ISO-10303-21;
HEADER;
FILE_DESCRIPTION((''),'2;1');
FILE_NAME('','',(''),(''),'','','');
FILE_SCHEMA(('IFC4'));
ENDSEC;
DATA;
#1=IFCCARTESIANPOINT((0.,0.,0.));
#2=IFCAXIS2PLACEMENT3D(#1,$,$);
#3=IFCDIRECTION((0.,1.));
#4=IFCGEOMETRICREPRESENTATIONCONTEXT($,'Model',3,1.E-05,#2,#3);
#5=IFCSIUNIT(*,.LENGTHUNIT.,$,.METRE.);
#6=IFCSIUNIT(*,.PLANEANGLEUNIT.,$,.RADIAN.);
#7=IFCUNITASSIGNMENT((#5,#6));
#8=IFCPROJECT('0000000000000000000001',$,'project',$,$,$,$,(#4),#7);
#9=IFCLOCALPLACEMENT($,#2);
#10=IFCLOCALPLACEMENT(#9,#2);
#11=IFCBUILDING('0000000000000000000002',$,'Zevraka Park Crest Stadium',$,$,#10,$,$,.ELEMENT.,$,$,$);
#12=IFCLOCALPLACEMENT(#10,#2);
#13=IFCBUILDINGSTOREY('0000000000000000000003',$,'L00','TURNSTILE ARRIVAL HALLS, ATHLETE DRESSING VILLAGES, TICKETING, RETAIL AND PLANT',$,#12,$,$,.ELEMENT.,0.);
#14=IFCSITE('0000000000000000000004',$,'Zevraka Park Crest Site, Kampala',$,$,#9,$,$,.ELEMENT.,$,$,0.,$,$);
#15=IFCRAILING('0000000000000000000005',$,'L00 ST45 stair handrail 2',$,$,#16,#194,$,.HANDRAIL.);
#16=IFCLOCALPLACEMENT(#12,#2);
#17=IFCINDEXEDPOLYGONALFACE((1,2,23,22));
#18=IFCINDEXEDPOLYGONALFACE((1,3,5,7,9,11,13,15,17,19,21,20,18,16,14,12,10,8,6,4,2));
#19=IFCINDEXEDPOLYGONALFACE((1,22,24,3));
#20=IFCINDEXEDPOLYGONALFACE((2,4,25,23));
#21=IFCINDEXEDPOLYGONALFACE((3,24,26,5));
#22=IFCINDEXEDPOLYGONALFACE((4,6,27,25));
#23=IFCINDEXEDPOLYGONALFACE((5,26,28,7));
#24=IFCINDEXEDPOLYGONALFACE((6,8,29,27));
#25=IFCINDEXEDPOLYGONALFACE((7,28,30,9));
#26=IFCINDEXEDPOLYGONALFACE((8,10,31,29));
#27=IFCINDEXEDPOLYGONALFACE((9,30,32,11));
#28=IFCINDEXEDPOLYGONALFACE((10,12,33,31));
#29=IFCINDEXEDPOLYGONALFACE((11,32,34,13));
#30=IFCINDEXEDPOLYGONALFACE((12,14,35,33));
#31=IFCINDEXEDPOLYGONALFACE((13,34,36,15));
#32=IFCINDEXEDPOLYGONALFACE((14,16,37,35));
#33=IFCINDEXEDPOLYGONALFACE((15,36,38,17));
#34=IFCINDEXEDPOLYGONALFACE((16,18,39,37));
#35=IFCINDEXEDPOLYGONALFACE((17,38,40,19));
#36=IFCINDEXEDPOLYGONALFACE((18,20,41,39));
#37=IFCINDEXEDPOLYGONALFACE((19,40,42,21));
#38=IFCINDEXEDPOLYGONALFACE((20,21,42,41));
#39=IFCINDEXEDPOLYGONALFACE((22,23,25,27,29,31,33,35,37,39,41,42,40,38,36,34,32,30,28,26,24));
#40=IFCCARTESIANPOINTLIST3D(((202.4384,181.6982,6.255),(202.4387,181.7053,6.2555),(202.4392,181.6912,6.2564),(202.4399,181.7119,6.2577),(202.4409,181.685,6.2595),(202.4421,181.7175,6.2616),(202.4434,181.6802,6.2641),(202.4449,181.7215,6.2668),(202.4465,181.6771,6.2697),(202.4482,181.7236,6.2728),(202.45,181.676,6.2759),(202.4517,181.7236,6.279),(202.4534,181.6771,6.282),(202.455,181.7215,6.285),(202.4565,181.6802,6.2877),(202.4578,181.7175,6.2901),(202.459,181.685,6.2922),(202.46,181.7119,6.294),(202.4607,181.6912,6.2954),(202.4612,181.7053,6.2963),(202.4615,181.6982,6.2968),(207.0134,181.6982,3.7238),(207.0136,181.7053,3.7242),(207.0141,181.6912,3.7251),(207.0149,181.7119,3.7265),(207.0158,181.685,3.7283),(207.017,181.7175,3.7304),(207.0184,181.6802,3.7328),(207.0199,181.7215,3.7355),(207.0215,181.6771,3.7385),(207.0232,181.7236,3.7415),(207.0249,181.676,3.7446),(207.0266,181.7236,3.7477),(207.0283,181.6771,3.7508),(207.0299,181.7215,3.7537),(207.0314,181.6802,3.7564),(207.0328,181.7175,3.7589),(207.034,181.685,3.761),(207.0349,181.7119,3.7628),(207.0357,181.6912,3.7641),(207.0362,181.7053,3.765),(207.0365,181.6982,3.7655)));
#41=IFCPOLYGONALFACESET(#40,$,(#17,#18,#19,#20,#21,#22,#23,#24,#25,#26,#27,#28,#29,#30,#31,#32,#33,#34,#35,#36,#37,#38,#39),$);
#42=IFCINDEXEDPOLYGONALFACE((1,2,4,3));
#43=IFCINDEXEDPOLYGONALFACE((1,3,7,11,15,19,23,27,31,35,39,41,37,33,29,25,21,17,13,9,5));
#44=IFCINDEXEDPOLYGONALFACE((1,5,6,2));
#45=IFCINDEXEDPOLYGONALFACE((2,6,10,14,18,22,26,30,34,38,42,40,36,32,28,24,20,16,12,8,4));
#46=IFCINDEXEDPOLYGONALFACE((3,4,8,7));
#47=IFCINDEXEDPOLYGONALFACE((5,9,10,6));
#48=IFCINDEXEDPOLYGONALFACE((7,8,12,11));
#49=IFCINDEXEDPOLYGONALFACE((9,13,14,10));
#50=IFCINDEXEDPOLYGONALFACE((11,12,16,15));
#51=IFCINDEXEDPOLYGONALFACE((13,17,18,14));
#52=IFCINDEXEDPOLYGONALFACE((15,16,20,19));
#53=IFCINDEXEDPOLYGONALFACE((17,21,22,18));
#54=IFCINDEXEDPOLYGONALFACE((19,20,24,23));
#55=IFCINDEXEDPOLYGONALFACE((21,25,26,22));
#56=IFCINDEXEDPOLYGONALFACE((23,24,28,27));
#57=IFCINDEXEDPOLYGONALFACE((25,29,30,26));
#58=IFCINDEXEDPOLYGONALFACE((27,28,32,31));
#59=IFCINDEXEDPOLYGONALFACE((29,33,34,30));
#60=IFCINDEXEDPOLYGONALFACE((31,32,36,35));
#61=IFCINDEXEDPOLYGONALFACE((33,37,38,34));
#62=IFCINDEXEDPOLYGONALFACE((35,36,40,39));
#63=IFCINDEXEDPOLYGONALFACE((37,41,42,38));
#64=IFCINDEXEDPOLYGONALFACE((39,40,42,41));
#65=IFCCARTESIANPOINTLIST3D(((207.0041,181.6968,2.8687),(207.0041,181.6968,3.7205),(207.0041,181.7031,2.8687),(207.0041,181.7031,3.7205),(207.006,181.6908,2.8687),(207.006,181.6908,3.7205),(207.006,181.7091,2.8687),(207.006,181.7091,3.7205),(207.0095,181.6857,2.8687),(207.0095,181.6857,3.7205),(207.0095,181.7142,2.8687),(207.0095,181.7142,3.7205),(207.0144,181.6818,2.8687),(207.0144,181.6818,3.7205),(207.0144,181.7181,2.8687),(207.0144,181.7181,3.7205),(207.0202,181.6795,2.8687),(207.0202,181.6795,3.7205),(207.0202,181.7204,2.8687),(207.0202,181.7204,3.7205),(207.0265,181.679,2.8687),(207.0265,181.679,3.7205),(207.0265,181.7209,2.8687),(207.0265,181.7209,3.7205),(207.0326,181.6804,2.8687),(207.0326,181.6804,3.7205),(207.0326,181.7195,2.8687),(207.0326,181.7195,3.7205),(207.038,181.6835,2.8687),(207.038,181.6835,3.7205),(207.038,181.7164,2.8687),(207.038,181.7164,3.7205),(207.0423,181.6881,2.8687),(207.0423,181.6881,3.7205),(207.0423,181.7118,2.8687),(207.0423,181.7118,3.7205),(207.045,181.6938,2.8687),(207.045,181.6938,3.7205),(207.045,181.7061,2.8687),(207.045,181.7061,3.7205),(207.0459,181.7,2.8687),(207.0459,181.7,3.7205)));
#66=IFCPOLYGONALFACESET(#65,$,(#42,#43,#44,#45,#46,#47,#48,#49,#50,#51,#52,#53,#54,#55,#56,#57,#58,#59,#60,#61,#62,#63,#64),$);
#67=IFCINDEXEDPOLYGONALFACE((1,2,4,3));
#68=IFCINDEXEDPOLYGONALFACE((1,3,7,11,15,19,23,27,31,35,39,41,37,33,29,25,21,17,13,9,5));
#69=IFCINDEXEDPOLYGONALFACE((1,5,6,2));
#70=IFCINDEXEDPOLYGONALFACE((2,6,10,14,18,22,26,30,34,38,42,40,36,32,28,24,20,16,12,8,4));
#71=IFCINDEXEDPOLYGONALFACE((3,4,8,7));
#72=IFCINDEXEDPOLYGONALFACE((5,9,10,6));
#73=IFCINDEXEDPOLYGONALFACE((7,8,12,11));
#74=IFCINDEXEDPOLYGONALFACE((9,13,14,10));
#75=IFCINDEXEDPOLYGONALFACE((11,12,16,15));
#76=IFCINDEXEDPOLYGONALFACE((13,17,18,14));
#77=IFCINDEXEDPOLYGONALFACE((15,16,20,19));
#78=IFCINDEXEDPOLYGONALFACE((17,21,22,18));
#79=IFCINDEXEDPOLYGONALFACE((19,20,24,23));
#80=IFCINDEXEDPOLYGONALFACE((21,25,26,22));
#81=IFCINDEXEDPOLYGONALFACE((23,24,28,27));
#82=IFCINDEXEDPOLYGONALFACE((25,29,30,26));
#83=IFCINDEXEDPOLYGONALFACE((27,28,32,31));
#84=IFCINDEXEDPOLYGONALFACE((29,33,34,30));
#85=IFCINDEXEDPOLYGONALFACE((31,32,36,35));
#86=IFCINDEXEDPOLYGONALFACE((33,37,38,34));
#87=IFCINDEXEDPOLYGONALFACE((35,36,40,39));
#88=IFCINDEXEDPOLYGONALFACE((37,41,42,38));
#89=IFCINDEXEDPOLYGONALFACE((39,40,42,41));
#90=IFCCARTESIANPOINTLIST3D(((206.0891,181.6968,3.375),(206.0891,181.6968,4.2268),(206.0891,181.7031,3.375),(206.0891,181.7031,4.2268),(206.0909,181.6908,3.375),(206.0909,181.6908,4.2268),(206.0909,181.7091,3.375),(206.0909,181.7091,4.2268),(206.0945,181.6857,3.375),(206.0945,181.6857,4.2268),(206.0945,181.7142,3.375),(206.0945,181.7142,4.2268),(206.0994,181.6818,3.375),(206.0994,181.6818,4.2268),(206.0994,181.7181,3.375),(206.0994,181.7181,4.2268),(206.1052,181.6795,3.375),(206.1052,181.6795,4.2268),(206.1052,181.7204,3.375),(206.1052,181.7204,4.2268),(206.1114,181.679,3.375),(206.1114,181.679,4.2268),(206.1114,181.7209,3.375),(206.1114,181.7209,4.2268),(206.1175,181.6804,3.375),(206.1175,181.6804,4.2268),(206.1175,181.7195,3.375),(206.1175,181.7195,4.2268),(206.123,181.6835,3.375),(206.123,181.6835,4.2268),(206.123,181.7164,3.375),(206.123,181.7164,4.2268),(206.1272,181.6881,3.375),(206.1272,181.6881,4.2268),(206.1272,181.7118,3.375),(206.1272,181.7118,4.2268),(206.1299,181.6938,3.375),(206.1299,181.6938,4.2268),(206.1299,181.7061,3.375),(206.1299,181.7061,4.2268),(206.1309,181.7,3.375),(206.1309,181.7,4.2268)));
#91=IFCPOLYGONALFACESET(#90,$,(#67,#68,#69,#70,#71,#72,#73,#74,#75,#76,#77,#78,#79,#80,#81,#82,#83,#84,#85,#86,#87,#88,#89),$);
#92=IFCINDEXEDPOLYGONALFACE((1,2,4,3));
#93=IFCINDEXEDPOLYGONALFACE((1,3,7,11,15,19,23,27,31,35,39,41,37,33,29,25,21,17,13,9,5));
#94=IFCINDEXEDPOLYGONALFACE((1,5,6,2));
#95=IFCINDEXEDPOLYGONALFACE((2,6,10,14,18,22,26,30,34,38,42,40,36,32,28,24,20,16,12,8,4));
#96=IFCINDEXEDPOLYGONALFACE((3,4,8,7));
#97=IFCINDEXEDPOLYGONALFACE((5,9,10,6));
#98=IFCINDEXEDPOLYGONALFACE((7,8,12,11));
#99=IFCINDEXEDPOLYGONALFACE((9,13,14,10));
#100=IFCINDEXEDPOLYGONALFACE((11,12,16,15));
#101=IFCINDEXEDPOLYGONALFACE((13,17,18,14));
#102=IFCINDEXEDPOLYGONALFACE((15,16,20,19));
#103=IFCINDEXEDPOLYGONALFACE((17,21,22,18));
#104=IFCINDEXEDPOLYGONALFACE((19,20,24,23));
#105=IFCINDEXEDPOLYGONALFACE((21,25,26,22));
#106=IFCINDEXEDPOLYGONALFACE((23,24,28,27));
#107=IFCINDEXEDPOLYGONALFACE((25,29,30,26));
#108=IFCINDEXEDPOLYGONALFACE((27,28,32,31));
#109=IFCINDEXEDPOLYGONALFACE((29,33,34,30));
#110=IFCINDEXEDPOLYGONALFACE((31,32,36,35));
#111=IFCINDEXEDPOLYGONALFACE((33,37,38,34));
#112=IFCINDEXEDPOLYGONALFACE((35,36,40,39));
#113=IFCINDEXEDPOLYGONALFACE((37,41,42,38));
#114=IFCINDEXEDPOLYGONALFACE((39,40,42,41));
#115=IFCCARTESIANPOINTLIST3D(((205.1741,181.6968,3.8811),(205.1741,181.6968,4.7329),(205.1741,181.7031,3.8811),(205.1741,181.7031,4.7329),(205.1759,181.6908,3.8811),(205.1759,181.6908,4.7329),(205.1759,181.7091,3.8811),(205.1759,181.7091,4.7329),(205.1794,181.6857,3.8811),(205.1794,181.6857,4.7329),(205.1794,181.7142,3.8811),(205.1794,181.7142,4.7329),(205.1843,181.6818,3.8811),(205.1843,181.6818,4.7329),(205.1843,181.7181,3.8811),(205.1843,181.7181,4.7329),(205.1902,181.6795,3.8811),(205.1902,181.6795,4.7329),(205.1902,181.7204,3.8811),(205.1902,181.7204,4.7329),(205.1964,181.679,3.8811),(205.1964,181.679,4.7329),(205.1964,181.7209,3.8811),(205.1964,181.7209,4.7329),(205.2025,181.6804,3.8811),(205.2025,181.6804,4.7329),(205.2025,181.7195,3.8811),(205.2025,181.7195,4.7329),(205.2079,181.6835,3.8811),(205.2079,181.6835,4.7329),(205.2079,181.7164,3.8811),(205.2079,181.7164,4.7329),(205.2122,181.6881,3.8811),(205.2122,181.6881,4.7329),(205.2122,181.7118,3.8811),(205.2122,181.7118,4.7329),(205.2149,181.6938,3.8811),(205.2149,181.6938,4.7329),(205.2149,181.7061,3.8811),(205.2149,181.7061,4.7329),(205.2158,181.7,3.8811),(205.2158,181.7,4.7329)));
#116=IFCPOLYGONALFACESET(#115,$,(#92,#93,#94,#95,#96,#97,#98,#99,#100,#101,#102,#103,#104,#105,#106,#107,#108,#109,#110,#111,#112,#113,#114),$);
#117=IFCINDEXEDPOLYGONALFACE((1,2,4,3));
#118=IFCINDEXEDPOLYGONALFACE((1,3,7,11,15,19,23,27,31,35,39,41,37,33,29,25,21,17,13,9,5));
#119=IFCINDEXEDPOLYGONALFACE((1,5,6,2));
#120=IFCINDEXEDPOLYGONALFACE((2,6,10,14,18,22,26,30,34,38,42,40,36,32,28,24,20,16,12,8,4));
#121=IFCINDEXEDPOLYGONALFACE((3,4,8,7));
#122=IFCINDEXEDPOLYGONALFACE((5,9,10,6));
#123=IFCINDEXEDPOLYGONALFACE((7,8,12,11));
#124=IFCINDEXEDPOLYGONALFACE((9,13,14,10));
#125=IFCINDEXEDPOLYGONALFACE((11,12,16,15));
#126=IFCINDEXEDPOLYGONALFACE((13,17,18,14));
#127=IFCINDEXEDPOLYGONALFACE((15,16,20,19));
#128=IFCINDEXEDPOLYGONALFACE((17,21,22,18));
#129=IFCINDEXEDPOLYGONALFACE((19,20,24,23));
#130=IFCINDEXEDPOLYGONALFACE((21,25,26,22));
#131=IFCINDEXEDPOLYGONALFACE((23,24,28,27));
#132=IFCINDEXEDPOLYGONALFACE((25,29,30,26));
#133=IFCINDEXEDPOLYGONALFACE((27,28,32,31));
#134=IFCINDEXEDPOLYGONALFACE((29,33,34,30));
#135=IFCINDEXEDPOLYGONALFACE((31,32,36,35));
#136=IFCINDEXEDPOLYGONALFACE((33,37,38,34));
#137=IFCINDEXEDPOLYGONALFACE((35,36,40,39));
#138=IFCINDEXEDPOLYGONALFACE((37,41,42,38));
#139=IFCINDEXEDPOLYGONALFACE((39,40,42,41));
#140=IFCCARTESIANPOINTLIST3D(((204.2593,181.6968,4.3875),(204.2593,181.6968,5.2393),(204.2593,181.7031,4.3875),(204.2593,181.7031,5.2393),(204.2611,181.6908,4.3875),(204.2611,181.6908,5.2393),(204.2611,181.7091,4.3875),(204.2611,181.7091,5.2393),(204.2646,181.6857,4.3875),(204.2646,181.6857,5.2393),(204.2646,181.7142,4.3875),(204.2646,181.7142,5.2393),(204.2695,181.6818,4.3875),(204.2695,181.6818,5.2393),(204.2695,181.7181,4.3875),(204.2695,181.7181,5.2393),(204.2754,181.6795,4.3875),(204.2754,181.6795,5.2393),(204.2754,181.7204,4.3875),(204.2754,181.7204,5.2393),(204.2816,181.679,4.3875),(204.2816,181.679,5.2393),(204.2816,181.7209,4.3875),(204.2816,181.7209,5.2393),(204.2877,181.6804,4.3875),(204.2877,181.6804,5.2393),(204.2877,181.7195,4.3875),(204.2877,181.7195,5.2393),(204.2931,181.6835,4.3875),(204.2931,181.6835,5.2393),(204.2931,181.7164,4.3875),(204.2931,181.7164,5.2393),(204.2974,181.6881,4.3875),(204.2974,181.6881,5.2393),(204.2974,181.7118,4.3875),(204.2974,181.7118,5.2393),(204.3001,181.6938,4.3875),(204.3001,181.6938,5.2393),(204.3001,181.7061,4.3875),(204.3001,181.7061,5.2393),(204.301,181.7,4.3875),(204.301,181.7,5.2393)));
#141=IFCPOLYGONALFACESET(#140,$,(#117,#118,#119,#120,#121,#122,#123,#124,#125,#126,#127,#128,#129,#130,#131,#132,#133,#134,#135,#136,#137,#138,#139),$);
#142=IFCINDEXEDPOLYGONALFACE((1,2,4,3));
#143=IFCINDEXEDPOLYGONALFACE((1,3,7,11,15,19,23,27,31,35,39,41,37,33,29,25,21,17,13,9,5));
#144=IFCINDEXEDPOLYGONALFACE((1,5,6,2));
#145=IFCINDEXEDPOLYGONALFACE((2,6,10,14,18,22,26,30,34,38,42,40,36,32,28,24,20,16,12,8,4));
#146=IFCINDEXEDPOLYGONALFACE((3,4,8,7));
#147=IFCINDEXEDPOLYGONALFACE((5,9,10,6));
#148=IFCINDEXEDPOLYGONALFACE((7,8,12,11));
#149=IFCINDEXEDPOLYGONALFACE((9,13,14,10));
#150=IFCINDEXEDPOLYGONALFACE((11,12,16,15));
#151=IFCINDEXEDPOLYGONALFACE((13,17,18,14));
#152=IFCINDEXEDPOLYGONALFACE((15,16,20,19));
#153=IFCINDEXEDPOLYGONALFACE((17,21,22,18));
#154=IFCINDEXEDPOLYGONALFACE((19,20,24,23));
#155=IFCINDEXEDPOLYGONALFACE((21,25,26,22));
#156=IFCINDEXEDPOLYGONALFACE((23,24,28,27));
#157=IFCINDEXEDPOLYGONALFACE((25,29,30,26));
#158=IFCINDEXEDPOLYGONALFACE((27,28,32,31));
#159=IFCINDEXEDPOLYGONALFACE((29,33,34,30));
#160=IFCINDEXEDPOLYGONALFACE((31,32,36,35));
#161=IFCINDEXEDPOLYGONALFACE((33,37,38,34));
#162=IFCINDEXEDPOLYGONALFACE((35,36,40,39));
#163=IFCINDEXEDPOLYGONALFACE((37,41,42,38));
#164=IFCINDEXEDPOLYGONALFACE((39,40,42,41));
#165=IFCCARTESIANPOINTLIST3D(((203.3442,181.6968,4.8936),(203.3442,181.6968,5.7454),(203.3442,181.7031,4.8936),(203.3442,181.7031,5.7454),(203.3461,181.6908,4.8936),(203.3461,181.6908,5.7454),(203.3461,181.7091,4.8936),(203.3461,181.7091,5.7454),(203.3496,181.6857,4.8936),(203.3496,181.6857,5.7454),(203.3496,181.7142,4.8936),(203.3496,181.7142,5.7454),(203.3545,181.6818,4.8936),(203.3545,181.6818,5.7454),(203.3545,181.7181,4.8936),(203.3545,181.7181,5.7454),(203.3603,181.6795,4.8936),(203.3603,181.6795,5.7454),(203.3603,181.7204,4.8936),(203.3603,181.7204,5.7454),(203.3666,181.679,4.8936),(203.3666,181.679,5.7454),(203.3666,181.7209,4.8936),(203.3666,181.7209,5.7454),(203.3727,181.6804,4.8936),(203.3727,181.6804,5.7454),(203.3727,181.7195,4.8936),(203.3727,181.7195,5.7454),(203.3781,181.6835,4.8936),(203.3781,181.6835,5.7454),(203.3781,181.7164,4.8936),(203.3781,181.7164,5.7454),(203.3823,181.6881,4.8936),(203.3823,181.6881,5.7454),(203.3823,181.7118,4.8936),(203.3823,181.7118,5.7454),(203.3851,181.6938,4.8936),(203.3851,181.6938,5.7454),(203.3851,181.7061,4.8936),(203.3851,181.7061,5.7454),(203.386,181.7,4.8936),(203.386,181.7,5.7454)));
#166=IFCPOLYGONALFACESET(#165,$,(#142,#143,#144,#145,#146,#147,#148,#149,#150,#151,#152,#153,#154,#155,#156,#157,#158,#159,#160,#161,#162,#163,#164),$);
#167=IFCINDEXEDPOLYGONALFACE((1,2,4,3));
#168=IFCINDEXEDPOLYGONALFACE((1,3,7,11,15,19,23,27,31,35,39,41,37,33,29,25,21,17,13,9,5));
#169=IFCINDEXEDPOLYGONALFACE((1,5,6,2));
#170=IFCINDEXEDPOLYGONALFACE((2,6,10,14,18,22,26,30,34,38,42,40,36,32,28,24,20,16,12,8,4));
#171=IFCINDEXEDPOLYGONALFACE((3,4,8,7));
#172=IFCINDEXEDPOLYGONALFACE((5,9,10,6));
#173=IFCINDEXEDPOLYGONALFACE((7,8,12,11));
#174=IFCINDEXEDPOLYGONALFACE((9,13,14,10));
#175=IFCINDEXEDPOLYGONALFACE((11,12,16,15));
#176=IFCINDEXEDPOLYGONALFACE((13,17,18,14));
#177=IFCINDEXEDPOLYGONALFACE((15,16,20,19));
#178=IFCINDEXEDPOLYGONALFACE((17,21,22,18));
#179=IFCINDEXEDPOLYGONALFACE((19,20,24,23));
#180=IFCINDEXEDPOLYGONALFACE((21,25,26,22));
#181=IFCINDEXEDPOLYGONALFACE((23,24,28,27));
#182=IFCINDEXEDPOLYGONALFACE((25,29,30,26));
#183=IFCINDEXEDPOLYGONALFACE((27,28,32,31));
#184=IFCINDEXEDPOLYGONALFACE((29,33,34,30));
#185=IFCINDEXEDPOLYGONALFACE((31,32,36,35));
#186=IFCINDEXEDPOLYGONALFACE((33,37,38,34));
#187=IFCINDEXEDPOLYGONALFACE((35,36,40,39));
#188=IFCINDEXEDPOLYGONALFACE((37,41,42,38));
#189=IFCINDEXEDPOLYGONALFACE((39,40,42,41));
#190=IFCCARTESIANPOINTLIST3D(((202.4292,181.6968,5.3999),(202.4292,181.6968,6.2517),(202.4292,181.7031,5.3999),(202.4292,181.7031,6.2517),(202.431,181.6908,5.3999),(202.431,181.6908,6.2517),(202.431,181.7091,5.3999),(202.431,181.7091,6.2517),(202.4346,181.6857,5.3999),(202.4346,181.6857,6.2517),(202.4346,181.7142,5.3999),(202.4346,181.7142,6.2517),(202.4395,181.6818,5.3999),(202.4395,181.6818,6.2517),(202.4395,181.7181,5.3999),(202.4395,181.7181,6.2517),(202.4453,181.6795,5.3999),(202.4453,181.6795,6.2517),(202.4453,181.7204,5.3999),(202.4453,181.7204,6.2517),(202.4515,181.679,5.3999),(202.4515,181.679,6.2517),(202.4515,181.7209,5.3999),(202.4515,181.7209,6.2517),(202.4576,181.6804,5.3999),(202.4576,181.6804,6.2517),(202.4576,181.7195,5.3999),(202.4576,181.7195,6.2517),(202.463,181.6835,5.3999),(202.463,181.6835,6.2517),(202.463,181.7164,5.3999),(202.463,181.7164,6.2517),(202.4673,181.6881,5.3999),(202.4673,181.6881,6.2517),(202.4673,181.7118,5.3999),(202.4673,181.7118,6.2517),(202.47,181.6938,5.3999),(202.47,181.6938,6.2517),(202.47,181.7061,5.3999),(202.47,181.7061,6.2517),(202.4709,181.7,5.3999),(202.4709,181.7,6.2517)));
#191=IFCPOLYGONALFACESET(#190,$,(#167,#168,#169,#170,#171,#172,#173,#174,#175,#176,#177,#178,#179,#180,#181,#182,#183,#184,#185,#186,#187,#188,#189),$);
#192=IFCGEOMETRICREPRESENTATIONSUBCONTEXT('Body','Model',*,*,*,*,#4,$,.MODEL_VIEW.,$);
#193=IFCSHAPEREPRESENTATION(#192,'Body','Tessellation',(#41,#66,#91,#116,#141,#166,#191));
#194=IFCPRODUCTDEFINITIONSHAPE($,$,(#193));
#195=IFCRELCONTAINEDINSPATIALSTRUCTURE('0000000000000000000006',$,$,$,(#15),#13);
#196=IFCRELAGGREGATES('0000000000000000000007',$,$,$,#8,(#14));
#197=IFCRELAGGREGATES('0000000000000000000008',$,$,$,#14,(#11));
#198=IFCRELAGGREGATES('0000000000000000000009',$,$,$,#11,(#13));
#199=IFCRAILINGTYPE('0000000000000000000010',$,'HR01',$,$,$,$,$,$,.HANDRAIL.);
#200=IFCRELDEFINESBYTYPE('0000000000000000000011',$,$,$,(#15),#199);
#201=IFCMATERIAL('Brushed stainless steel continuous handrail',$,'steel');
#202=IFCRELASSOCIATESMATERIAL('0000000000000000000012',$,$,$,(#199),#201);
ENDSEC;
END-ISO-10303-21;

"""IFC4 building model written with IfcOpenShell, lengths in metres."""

from ifc_helpers import new_model, si_unit, direction, frame, origin, origin_2d, place, context, subcontext, project, spatial, circle, extrude, material, type_object, element, save


model = new_model("IFC4")

# Units and contexts
model_context = context("Model", 3, precision=1e-05, world=origin(), true_north=direction((0.0, 1.0)))
body_context = subcontext(model_context, "Body", "Model", "MODEL_VIEW")
ifc_project = project(units=[si_unit("LENGTHUNIT", "METRE"), si_unit("PLANEANGLEUNIT", "RADIAN")], contexts=[model_context])

# Site, building, storey
site_placement = place(None, origin())
site = spatial("IfcSite", under=ifc_project, at=site_placement, Name="Zevraka Park Crest Site, Kampala", CompositionType="ELEMENT", RefElevation=0.0)
building_placement = place(site_placement, origin())
building = spatial("IfcBuilding", under=site, at=building_placement, Name="Zevraka Park Crest Stadium", CompositionType="ELEMENT")
storey_placement = place(building_placement, origin())
storey = spatial("IfcBuildingStorey", under=building, at=storey_placement, Name="L00", Description="TURNSTILE ARRIVAL HALLS, ATHLETE DRESSING VILLAGES, TICKETING, RETAIL AND PLANT", CompositionType="ELEMENT", Elevation=0.0)

# Railing
ifc_material_1 = material(Name="Brushed stainless steel continuous handrail", Category="steel")
railing_type_1 = type_object("IfcRailingType", Name="HR01", PredefinedType="HANDRAIL", material=ifc_material_1)
railing_1_placement = place(storey_placement, frame((207.0249, 181.7, 2.8687)))
element("IfcRailing", 1, at=railing_1_placement, inside=storey, type_object=railing_type_1, Name="L00 ST45 stair handrail 2", PredefinedType="HANDRAIL", context=body_context, shape_type="SweptSolid", body=[
    extrude(circle(Radius=0.0239, at=origin_2d()), frame((0.0, 0.0, 0.876), z_axis=(-0.875, 0.0, 0.484124), x_axis=(0.0, -1.0, 0.0)), (0.0, 0.0, 1.0), 5.2285),
    extrude(circle(Radius=0.021, at=origin_2d()), origin(), (0.0, 0.0, 1.0), 0.8518),
    extrude(circle(Radius=0.021, at=origin_2d()), frame((-0.915, 0.0, 0.5063)), (0.0, 0.0, 1.0), 0.8518),
    extrude(circle(Radius=0.021, at=origin_2d()), frame((-1.8301, 0.0, 1.0125)), (0.0, 0.0, 1.0), 0.8518),
    extrude(circle(Radius=0.021, at=origin_2d()), frame((-2.7449, 0.0, 1.5188)), (0.0, 0.0, 1.0), 0.8518),
    extrude(circle(Radius=0.021, at=origin_2d()), frame((-3.6599, 0.0, 2.0249)), (0.0, 0.0, 1.0), 0.8518),
    extrude(circle(Radius=0.021, at=origin_2d()), frame((-4.575, 0.0, 2.5312)), (0.0, 0.0, 1.0), 0.8518),
])

save(model, "model.ifc")
